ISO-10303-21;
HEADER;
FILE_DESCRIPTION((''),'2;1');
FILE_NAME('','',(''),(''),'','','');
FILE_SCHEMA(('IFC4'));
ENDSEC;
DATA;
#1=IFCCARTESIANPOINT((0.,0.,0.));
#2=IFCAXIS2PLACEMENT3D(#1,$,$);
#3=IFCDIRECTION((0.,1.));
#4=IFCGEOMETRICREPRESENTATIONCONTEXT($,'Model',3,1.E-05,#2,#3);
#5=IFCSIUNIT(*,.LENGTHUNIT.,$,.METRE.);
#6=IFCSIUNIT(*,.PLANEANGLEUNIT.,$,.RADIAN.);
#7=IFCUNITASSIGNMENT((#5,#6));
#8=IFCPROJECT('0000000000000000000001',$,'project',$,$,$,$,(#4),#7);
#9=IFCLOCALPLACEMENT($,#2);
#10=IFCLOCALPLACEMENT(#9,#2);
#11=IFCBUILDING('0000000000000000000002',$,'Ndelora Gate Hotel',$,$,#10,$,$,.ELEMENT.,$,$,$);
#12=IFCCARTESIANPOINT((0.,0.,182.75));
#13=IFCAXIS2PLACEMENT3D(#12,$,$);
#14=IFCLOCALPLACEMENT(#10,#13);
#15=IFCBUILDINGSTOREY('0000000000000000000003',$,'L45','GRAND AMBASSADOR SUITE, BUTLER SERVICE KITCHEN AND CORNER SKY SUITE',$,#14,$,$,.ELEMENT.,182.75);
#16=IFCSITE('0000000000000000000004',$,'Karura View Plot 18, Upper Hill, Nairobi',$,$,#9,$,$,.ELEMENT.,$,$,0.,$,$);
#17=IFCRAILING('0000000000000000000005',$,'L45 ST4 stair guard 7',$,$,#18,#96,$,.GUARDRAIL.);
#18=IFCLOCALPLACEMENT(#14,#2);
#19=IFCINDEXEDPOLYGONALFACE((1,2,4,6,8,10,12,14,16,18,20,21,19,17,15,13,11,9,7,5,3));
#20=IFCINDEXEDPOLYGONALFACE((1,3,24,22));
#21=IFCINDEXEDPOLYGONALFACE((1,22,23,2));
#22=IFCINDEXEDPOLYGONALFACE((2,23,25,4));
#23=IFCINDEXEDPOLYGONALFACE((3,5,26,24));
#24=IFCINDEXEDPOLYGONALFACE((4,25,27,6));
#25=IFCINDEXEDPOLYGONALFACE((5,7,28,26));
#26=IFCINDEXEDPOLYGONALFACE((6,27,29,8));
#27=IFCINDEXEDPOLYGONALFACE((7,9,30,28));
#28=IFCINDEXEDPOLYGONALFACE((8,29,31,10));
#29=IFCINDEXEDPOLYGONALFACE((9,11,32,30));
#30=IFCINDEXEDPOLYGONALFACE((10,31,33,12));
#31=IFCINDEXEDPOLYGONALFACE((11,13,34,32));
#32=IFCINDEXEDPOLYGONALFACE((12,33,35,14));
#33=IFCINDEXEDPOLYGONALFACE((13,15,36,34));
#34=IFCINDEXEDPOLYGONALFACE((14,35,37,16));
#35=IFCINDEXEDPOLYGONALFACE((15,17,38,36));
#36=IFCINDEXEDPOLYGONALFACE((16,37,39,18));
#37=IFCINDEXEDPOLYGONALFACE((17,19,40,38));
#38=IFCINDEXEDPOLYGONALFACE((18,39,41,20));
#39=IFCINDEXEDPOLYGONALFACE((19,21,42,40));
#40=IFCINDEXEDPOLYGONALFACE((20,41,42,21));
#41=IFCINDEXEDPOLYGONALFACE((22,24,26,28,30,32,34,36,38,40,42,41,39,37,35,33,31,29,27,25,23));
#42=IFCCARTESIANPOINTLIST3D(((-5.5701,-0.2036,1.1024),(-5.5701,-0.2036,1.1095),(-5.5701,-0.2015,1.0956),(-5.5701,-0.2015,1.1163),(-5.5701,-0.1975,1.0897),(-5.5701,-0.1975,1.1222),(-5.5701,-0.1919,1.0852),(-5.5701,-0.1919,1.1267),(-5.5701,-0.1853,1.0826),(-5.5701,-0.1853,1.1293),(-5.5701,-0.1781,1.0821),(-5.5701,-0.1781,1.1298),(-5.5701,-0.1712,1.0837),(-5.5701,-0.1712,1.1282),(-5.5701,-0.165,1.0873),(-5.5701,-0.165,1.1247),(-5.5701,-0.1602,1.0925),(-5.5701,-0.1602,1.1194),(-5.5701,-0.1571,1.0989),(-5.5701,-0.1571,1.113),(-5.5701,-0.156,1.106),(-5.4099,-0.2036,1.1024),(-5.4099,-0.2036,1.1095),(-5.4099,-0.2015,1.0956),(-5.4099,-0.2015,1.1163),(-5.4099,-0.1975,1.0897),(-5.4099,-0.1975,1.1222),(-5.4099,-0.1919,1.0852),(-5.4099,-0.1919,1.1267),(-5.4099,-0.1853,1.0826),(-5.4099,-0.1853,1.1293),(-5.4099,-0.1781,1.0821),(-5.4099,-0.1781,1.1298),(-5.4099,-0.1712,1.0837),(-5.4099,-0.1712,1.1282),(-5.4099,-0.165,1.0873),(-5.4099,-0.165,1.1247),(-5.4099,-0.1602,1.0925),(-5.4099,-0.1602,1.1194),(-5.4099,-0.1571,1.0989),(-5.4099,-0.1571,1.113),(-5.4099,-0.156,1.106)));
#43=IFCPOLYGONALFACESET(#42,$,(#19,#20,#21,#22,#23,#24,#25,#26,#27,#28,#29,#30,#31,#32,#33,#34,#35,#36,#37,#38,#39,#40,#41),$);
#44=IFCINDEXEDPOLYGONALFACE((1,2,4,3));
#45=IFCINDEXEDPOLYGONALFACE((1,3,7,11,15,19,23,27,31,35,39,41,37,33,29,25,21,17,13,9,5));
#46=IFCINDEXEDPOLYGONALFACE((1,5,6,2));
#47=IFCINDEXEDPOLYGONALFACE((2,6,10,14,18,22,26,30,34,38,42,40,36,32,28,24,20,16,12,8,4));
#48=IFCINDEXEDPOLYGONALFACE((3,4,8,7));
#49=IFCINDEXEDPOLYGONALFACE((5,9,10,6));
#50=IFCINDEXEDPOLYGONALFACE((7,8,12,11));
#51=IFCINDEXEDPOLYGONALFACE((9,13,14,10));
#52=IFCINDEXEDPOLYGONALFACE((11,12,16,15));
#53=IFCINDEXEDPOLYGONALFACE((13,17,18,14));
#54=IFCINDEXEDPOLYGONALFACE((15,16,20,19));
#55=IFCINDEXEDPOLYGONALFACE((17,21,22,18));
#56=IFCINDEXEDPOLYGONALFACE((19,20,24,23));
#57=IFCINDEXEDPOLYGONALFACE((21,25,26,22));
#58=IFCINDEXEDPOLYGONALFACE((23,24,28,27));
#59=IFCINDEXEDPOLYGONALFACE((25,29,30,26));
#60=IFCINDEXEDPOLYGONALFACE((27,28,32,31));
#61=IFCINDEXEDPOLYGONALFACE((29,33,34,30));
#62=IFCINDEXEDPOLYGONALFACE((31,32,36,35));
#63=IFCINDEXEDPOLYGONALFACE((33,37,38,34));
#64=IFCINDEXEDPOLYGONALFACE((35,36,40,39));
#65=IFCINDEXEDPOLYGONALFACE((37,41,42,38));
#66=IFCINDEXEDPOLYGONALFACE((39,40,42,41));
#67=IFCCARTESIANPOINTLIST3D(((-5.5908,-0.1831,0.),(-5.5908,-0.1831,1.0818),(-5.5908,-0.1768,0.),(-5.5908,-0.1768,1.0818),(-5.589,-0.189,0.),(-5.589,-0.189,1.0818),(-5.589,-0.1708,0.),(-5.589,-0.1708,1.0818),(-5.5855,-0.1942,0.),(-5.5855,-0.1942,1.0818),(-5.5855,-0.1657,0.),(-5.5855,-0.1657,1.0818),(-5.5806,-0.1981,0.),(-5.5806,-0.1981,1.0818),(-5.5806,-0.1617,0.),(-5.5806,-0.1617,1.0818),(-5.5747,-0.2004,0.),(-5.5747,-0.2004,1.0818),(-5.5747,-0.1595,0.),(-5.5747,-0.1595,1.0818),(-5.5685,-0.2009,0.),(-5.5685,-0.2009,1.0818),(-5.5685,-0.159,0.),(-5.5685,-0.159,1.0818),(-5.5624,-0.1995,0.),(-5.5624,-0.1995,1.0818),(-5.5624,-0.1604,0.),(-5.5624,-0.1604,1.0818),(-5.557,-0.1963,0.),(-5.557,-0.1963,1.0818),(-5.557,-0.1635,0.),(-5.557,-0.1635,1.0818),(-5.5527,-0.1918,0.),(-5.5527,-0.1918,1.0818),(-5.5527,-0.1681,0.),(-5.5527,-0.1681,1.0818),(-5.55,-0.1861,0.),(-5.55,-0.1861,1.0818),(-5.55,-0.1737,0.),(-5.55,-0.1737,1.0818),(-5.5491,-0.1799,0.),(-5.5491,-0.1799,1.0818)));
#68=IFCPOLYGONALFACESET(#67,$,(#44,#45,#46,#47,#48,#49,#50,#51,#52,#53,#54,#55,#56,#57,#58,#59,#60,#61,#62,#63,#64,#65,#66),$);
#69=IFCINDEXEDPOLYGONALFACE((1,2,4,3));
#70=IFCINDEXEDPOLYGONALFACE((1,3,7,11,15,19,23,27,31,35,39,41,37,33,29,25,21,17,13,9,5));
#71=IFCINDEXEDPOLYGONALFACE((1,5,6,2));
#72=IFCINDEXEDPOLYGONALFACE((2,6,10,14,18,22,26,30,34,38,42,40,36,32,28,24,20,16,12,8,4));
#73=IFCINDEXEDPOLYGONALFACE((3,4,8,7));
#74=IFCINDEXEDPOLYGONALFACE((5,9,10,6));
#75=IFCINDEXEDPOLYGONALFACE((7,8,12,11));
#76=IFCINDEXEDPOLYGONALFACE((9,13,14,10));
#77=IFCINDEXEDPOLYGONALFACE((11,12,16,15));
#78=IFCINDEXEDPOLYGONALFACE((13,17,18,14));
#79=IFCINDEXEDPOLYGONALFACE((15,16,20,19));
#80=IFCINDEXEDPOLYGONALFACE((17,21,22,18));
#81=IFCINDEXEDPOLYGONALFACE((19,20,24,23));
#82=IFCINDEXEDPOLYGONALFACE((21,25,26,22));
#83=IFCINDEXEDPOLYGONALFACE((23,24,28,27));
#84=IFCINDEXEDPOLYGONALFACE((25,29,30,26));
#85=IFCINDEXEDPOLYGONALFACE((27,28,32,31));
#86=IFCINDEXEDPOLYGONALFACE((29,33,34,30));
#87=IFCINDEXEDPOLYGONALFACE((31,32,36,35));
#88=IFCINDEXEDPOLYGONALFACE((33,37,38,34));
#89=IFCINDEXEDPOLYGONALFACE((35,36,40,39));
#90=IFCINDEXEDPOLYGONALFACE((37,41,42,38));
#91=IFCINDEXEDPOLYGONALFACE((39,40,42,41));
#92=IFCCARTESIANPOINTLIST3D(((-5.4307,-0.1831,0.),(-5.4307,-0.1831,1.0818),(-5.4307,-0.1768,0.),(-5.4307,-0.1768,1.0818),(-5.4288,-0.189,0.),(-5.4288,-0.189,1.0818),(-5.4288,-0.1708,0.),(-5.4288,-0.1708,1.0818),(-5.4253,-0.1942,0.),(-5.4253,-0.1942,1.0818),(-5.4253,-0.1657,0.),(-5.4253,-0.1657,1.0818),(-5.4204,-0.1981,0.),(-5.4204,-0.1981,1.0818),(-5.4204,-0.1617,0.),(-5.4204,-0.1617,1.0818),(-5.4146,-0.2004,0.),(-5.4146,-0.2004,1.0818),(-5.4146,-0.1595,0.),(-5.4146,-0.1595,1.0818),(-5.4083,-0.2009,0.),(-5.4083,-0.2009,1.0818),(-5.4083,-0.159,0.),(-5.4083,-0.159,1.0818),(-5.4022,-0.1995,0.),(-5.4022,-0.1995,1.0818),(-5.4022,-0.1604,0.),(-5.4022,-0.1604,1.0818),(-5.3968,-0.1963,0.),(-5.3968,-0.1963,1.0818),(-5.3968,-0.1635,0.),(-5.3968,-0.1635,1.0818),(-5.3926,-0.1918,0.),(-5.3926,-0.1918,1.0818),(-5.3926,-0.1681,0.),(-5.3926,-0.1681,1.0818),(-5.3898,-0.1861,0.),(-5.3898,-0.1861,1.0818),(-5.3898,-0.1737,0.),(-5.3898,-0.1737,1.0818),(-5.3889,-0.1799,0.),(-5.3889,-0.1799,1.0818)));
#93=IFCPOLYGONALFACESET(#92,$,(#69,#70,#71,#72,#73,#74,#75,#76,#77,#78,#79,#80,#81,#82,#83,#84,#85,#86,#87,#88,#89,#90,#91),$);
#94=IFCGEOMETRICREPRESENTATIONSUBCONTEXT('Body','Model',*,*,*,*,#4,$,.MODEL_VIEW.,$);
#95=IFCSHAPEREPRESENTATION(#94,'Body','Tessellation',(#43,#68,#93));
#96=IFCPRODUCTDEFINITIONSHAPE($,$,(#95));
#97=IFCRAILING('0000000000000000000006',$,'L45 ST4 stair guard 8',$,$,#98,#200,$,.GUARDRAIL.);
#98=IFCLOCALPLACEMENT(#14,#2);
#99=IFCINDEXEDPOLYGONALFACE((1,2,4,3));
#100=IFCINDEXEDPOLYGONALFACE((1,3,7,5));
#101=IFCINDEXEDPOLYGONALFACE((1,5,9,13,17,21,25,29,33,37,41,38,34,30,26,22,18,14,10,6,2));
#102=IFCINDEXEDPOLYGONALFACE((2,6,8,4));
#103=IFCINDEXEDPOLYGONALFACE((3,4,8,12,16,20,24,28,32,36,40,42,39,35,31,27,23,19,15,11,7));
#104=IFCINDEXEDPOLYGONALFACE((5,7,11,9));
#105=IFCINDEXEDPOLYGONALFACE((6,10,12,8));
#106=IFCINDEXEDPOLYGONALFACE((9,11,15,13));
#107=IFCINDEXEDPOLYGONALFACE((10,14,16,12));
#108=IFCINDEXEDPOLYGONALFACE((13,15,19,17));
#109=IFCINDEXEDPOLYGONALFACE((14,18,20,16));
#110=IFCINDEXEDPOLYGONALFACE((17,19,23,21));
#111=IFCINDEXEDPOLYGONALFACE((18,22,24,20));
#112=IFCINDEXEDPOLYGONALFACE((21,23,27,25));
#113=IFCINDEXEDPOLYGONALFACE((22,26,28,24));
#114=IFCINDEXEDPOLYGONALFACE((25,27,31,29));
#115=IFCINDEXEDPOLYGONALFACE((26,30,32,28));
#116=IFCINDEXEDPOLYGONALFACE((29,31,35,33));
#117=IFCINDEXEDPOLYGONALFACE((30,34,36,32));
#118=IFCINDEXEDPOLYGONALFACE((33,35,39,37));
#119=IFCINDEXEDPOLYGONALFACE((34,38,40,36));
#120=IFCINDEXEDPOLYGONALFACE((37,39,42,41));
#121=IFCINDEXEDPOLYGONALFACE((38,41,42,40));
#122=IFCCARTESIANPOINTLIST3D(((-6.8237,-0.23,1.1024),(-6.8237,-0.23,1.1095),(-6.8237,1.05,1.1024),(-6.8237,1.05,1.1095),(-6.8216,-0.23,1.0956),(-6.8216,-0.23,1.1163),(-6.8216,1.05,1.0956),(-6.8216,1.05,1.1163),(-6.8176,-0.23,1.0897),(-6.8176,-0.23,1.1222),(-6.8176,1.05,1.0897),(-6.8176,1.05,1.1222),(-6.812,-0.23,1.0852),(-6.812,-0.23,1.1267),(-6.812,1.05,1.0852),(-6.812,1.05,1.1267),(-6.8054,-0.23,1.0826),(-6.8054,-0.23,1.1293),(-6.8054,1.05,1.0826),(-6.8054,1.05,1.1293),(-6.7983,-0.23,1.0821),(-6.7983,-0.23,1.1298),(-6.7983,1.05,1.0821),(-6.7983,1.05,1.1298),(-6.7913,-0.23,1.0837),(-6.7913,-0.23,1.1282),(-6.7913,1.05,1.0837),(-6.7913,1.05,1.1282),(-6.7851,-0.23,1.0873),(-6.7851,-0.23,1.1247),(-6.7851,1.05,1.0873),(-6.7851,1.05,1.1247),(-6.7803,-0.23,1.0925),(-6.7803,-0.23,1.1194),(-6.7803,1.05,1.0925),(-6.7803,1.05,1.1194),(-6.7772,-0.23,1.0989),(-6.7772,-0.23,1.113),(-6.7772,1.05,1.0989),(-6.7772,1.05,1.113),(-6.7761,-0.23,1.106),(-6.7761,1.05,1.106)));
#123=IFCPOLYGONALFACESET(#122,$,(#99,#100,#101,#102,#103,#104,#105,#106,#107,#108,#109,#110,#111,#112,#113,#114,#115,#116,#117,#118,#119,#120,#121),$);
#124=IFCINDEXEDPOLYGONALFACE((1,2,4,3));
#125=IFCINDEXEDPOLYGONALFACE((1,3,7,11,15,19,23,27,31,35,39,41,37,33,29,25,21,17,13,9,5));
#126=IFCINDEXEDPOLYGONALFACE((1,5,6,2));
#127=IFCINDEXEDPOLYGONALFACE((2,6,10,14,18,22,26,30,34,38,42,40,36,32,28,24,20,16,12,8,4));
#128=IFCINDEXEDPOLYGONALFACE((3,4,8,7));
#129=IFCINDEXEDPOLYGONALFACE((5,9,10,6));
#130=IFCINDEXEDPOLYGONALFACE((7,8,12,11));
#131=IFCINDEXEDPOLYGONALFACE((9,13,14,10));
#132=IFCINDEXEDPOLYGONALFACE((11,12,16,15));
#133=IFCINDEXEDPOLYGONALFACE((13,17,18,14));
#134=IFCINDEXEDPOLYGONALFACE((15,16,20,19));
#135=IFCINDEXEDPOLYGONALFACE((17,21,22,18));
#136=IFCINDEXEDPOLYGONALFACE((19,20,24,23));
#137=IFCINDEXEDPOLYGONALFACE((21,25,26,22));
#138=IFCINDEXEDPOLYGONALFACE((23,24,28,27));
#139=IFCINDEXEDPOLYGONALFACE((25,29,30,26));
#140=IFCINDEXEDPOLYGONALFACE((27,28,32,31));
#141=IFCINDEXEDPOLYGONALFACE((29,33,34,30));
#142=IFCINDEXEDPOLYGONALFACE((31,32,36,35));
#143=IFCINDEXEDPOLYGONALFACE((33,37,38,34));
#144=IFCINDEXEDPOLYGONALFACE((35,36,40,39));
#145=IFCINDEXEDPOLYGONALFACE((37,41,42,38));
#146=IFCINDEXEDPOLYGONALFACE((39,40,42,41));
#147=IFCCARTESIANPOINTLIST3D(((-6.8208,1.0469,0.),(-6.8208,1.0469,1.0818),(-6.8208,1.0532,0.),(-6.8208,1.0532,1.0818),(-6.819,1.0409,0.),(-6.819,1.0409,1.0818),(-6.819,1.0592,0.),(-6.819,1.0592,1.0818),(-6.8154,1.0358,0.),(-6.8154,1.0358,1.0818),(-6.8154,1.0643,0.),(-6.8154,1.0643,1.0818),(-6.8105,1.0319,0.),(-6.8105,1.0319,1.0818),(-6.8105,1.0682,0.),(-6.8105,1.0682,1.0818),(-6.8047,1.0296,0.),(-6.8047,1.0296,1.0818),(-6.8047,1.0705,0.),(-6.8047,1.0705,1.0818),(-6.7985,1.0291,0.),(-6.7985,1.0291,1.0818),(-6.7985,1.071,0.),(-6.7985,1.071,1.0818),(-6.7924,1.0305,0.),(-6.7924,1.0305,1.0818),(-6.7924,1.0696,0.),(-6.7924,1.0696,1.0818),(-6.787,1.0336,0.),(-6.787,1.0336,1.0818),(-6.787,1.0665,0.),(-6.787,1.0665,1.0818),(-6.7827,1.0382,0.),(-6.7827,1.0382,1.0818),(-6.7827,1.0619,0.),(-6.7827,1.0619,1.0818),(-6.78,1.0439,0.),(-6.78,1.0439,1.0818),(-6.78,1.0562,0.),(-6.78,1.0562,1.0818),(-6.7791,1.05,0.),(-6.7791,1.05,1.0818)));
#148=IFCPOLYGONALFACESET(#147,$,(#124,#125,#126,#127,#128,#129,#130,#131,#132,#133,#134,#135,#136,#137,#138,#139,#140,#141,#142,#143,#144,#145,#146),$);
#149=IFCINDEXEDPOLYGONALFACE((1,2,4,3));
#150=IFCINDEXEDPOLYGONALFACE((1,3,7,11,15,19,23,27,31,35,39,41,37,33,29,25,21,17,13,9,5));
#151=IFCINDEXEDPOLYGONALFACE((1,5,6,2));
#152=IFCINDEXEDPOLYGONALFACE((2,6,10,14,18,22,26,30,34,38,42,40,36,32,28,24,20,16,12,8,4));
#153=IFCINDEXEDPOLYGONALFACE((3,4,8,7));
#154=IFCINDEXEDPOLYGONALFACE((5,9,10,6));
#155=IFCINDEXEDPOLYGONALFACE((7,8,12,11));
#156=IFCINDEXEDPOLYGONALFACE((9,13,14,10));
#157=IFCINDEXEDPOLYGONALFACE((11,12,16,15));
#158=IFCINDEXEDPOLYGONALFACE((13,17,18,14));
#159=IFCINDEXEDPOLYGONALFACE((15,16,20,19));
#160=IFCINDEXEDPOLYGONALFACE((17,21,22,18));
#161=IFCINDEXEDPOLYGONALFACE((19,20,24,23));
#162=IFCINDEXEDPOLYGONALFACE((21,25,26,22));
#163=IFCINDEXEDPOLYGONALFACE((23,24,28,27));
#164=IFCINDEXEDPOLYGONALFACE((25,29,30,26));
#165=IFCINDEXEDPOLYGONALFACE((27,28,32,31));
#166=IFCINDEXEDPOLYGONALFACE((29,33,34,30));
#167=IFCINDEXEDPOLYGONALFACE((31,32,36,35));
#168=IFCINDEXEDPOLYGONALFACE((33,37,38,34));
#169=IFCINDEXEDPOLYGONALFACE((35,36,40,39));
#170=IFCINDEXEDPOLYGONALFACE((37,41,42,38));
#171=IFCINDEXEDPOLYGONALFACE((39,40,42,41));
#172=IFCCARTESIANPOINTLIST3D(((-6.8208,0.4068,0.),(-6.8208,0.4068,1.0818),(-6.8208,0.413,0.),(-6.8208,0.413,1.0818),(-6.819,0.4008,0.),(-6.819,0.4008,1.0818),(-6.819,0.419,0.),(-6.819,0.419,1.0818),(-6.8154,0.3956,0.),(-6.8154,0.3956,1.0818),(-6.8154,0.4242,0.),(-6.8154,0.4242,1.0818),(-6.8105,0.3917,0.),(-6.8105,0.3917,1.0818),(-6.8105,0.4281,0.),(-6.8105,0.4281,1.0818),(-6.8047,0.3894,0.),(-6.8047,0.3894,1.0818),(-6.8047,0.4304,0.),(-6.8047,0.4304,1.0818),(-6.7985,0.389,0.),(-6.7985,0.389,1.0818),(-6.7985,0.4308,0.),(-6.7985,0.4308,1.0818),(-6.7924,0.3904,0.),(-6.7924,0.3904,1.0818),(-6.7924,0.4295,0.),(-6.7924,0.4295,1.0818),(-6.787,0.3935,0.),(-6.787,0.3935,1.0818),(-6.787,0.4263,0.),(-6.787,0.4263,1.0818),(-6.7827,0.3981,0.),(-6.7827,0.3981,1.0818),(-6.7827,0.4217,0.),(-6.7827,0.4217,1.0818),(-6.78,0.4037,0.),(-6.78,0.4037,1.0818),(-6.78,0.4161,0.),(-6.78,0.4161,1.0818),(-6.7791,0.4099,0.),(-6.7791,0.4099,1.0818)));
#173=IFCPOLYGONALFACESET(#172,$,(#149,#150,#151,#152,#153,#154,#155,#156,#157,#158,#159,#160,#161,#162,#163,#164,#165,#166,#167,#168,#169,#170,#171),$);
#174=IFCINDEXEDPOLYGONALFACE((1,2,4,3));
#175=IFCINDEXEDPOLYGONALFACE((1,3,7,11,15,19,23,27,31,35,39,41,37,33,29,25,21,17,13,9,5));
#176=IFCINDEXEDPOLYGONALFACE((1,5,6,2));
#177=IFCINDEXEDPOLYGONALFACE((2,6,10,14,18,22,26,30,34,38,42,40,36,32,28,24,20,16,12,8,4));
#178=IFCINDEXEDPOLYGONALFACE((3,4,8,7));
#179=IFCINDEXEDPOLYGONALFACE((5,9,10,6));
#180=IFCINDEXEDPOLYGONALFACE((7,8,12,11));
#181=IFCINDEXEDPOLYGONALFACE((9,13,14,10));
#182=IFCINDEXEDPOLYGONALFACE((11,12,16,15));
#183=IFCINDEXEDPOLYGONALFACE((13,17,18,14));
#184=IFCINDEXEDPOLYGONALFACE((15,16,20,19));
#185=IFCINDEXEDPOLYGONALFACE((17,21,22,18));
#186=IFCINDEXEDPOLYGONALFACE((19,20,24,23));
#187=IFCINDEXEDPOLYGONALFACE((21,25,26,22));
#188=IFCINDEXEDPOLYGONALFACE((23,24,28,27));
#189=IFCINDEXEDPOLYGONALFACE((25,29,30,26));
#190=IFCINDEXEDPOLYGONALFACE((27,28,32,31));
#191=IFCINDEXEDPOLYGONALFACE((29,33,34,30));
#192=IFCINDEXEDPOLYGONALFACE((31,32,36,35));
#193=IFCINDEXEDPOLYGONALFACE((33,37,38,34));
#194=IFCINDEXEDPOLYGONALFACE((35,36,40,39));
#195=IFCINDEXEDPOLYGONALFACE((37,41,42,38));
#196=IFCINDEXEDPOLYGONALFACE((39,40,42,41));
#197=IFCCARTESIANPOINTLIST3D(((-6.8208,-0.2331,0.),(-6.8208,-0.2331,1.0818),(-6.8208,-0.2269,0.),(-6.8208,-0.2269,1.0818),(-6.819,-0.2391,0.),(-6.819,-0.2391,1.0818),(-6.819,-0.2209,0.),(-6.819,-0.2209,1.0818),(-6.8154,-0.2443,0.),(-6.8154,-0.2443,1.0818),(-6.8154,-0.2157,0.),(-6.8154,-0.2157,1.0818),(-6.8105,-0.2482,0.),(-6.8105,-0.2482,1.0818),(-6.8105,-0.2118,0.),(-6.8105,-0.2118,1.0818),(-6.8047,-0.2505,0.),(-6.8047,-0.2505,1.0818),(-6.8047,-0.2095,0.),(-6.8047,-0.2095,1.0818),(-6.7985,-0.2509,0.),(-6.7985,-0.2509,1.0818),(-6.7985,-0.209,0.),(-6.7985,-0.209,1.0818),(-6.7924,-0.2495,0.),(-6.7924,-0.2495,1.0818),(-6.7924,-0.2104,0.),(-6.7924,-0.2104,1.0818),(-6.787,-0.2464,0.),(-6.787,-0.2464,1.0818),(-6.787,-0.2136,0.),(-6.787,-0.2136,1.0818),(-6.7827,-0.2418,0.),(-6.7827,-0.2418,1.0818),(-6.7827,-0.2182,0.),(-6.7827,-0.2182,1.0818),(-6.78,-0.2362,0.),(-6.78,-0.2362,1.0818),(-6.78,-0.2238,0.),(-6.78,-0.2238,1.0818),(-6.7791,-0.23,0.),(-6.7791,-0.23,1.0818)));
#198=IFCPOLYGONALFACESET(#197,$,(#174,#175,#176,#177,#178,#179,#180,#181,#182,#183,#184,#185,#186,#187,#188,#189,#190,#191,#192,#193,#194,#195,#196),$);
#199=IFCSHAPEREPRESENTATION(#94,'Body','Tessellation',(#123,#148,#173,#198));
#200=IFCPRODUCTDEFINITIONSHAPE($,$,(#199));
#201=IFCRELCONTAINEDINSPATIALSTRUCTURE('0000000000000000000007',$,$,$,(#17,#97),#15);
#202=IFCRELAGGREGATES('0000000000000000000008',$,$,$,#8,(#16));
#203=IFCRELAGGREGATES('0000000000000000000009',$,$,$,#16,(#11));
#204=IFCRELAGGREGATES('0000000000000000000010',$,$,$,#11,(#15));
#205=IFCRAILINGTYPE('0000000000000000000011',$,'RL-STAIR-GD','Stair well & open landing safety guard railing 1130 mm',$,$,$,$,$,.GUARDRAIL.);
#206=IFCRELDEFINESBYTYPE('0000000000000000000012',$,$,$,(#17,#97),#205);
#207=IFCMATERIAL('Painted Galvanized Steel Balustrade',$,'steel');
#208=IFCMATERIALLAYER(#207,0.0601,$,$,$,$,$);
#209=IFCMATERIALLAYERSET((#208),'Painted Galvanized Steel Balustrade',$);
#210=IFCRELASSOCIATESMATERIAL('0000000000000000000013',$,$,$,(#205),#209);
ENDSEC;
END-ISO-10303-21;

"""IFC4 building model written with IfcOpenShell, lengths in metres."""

from ifc_helpers import new_model, si_unit, direction, frame, origin, origin_2d, place, context, subcontext, project, spatial, circle, extrude, material, layer, layer_set, type_object, element, save


model = new_model("IFC4")

# Units and contexts
model_context = context("Model", 3, precision=1e-05, world=origin(), true_north=direction((0.0, 1.0)))
body_context = subcontext(model_context, "Body", "Model", "MODEL_VIEW")
ifc_project = project(units=[si_unit("LENGTHUNIT", "METRE"), si_unit("PLANEANGLEUNIT", "RADIAN")], contexts=[model_context])

# Site, building, storey
site_placement = place(None, origin())
site = spatial("IfcSite", under=ifc_project, at=site_placement, Name="Karura View Plot 18, Upper Hill, Nairobi", CompositionType="ELEMENT", RefElevation=0.0)
building_placement = place(site_placement, origin())
building = spatial("IfcBuilding", under=site, at=building_placement, Name="Ndelora Gate Hotel", CompositionType="ELEMENT")
storey_placement = place(building_placement, frame((0.0, 0.0, 182.75)))
storey = spatial("IfcBuildingStorey", under=building, at=storey_placement, Name="L45", Description="GRAND AMBASSADOR SUITE, BUTLER SERVICE KITCHEN AND CORNER SKY SUITE", CompositionType="ELEMENT", Elevation=182.75)

# Railings
ifc_material_1 = material(Name="Painted Galvanized Steel Balustrade", Category="steel")
ifc_layer_1 = layer(ifc_material_1, 0.0601)
ifc_layer_set_1 = layer_set([ifc_layer_1], Name="Painted Galvanized Steel Balustrade")
railing_type_1 = type_object("IfcRailingType", Name="RL-STAIR-GD", Description="Stair well & open landing safety guard railing 1130 mm", PredefinedType="GUARDRAIL", material=ifc_layer_set_1)
railing_1_placement = place(storey_placement, frame((-5.5701, -0.1799, 0.0)))
element("IfcRailing", 1, at=railing_1_placement, inside=storey, type_object=railing_type_1, Name="L45 ST4 stair guard 7", PredefinedType="GUARDRAIL", context=body_context, shape_type="SweptSolid", body=[
    extrude(circle(Radius=0.0239, at=origin_2d()), frame((0.0, 0.0, 1.106), z_axis=(1.0, 0.0, 0.0), x_axis=(0.0, 1.0, 0.0)), (0.0, 0.0, 1.0), 0.1602),
    extrude(circle(Radius=0.021, at=origin_2d()), origin(), (0.0, 0.0, 1.0), 1.0818),
    extrude(circle(Radius=0.021, at=origin_2d()), frame((0.1602, 0.0, 0.0)), (0.0, 0.0, 1.0), 1.0818),
])
for number, where, name in (
    (2, (-6.8, 1.05, 0.0), "L45 ST4 stair guard 8"),
):
    element("IfcRailing", number, at=place(storey_placement, frame(where)), inside=storey, type_object=railing_type_1, Name=name, PredefinedType="GUARDRAIL", context=body_context, shape_type="SweptSolid", body=[
        extrude(circle(Radius=0.0239, at=origin_2d()), frame((0.0, 0.0, 1.106), z_axis=(0.0, -1.0, 0.0), x_axis=(1.0, 0.0, 0.0)), (0.0, 0.0, 1.0), 1.28),
        extrude(circle(Radius=0.021, at=origin_2d()), origin(), (0.0, 0.0, 1.0), 1.0818),
        extrude(circle(Radius=0.021, at=origin_2d()), frame((0.0, -0.6401, 0.0)), (0.0, 0.0, 1.0), 1.0818),
        extrude(circle(Radius=0.021, at=origin_2d()), frame((0.0, -1.28, 0.0)), (0.0, 0.0, 1.0), 1.0818),
    ])

save(model, "model.ifc")
